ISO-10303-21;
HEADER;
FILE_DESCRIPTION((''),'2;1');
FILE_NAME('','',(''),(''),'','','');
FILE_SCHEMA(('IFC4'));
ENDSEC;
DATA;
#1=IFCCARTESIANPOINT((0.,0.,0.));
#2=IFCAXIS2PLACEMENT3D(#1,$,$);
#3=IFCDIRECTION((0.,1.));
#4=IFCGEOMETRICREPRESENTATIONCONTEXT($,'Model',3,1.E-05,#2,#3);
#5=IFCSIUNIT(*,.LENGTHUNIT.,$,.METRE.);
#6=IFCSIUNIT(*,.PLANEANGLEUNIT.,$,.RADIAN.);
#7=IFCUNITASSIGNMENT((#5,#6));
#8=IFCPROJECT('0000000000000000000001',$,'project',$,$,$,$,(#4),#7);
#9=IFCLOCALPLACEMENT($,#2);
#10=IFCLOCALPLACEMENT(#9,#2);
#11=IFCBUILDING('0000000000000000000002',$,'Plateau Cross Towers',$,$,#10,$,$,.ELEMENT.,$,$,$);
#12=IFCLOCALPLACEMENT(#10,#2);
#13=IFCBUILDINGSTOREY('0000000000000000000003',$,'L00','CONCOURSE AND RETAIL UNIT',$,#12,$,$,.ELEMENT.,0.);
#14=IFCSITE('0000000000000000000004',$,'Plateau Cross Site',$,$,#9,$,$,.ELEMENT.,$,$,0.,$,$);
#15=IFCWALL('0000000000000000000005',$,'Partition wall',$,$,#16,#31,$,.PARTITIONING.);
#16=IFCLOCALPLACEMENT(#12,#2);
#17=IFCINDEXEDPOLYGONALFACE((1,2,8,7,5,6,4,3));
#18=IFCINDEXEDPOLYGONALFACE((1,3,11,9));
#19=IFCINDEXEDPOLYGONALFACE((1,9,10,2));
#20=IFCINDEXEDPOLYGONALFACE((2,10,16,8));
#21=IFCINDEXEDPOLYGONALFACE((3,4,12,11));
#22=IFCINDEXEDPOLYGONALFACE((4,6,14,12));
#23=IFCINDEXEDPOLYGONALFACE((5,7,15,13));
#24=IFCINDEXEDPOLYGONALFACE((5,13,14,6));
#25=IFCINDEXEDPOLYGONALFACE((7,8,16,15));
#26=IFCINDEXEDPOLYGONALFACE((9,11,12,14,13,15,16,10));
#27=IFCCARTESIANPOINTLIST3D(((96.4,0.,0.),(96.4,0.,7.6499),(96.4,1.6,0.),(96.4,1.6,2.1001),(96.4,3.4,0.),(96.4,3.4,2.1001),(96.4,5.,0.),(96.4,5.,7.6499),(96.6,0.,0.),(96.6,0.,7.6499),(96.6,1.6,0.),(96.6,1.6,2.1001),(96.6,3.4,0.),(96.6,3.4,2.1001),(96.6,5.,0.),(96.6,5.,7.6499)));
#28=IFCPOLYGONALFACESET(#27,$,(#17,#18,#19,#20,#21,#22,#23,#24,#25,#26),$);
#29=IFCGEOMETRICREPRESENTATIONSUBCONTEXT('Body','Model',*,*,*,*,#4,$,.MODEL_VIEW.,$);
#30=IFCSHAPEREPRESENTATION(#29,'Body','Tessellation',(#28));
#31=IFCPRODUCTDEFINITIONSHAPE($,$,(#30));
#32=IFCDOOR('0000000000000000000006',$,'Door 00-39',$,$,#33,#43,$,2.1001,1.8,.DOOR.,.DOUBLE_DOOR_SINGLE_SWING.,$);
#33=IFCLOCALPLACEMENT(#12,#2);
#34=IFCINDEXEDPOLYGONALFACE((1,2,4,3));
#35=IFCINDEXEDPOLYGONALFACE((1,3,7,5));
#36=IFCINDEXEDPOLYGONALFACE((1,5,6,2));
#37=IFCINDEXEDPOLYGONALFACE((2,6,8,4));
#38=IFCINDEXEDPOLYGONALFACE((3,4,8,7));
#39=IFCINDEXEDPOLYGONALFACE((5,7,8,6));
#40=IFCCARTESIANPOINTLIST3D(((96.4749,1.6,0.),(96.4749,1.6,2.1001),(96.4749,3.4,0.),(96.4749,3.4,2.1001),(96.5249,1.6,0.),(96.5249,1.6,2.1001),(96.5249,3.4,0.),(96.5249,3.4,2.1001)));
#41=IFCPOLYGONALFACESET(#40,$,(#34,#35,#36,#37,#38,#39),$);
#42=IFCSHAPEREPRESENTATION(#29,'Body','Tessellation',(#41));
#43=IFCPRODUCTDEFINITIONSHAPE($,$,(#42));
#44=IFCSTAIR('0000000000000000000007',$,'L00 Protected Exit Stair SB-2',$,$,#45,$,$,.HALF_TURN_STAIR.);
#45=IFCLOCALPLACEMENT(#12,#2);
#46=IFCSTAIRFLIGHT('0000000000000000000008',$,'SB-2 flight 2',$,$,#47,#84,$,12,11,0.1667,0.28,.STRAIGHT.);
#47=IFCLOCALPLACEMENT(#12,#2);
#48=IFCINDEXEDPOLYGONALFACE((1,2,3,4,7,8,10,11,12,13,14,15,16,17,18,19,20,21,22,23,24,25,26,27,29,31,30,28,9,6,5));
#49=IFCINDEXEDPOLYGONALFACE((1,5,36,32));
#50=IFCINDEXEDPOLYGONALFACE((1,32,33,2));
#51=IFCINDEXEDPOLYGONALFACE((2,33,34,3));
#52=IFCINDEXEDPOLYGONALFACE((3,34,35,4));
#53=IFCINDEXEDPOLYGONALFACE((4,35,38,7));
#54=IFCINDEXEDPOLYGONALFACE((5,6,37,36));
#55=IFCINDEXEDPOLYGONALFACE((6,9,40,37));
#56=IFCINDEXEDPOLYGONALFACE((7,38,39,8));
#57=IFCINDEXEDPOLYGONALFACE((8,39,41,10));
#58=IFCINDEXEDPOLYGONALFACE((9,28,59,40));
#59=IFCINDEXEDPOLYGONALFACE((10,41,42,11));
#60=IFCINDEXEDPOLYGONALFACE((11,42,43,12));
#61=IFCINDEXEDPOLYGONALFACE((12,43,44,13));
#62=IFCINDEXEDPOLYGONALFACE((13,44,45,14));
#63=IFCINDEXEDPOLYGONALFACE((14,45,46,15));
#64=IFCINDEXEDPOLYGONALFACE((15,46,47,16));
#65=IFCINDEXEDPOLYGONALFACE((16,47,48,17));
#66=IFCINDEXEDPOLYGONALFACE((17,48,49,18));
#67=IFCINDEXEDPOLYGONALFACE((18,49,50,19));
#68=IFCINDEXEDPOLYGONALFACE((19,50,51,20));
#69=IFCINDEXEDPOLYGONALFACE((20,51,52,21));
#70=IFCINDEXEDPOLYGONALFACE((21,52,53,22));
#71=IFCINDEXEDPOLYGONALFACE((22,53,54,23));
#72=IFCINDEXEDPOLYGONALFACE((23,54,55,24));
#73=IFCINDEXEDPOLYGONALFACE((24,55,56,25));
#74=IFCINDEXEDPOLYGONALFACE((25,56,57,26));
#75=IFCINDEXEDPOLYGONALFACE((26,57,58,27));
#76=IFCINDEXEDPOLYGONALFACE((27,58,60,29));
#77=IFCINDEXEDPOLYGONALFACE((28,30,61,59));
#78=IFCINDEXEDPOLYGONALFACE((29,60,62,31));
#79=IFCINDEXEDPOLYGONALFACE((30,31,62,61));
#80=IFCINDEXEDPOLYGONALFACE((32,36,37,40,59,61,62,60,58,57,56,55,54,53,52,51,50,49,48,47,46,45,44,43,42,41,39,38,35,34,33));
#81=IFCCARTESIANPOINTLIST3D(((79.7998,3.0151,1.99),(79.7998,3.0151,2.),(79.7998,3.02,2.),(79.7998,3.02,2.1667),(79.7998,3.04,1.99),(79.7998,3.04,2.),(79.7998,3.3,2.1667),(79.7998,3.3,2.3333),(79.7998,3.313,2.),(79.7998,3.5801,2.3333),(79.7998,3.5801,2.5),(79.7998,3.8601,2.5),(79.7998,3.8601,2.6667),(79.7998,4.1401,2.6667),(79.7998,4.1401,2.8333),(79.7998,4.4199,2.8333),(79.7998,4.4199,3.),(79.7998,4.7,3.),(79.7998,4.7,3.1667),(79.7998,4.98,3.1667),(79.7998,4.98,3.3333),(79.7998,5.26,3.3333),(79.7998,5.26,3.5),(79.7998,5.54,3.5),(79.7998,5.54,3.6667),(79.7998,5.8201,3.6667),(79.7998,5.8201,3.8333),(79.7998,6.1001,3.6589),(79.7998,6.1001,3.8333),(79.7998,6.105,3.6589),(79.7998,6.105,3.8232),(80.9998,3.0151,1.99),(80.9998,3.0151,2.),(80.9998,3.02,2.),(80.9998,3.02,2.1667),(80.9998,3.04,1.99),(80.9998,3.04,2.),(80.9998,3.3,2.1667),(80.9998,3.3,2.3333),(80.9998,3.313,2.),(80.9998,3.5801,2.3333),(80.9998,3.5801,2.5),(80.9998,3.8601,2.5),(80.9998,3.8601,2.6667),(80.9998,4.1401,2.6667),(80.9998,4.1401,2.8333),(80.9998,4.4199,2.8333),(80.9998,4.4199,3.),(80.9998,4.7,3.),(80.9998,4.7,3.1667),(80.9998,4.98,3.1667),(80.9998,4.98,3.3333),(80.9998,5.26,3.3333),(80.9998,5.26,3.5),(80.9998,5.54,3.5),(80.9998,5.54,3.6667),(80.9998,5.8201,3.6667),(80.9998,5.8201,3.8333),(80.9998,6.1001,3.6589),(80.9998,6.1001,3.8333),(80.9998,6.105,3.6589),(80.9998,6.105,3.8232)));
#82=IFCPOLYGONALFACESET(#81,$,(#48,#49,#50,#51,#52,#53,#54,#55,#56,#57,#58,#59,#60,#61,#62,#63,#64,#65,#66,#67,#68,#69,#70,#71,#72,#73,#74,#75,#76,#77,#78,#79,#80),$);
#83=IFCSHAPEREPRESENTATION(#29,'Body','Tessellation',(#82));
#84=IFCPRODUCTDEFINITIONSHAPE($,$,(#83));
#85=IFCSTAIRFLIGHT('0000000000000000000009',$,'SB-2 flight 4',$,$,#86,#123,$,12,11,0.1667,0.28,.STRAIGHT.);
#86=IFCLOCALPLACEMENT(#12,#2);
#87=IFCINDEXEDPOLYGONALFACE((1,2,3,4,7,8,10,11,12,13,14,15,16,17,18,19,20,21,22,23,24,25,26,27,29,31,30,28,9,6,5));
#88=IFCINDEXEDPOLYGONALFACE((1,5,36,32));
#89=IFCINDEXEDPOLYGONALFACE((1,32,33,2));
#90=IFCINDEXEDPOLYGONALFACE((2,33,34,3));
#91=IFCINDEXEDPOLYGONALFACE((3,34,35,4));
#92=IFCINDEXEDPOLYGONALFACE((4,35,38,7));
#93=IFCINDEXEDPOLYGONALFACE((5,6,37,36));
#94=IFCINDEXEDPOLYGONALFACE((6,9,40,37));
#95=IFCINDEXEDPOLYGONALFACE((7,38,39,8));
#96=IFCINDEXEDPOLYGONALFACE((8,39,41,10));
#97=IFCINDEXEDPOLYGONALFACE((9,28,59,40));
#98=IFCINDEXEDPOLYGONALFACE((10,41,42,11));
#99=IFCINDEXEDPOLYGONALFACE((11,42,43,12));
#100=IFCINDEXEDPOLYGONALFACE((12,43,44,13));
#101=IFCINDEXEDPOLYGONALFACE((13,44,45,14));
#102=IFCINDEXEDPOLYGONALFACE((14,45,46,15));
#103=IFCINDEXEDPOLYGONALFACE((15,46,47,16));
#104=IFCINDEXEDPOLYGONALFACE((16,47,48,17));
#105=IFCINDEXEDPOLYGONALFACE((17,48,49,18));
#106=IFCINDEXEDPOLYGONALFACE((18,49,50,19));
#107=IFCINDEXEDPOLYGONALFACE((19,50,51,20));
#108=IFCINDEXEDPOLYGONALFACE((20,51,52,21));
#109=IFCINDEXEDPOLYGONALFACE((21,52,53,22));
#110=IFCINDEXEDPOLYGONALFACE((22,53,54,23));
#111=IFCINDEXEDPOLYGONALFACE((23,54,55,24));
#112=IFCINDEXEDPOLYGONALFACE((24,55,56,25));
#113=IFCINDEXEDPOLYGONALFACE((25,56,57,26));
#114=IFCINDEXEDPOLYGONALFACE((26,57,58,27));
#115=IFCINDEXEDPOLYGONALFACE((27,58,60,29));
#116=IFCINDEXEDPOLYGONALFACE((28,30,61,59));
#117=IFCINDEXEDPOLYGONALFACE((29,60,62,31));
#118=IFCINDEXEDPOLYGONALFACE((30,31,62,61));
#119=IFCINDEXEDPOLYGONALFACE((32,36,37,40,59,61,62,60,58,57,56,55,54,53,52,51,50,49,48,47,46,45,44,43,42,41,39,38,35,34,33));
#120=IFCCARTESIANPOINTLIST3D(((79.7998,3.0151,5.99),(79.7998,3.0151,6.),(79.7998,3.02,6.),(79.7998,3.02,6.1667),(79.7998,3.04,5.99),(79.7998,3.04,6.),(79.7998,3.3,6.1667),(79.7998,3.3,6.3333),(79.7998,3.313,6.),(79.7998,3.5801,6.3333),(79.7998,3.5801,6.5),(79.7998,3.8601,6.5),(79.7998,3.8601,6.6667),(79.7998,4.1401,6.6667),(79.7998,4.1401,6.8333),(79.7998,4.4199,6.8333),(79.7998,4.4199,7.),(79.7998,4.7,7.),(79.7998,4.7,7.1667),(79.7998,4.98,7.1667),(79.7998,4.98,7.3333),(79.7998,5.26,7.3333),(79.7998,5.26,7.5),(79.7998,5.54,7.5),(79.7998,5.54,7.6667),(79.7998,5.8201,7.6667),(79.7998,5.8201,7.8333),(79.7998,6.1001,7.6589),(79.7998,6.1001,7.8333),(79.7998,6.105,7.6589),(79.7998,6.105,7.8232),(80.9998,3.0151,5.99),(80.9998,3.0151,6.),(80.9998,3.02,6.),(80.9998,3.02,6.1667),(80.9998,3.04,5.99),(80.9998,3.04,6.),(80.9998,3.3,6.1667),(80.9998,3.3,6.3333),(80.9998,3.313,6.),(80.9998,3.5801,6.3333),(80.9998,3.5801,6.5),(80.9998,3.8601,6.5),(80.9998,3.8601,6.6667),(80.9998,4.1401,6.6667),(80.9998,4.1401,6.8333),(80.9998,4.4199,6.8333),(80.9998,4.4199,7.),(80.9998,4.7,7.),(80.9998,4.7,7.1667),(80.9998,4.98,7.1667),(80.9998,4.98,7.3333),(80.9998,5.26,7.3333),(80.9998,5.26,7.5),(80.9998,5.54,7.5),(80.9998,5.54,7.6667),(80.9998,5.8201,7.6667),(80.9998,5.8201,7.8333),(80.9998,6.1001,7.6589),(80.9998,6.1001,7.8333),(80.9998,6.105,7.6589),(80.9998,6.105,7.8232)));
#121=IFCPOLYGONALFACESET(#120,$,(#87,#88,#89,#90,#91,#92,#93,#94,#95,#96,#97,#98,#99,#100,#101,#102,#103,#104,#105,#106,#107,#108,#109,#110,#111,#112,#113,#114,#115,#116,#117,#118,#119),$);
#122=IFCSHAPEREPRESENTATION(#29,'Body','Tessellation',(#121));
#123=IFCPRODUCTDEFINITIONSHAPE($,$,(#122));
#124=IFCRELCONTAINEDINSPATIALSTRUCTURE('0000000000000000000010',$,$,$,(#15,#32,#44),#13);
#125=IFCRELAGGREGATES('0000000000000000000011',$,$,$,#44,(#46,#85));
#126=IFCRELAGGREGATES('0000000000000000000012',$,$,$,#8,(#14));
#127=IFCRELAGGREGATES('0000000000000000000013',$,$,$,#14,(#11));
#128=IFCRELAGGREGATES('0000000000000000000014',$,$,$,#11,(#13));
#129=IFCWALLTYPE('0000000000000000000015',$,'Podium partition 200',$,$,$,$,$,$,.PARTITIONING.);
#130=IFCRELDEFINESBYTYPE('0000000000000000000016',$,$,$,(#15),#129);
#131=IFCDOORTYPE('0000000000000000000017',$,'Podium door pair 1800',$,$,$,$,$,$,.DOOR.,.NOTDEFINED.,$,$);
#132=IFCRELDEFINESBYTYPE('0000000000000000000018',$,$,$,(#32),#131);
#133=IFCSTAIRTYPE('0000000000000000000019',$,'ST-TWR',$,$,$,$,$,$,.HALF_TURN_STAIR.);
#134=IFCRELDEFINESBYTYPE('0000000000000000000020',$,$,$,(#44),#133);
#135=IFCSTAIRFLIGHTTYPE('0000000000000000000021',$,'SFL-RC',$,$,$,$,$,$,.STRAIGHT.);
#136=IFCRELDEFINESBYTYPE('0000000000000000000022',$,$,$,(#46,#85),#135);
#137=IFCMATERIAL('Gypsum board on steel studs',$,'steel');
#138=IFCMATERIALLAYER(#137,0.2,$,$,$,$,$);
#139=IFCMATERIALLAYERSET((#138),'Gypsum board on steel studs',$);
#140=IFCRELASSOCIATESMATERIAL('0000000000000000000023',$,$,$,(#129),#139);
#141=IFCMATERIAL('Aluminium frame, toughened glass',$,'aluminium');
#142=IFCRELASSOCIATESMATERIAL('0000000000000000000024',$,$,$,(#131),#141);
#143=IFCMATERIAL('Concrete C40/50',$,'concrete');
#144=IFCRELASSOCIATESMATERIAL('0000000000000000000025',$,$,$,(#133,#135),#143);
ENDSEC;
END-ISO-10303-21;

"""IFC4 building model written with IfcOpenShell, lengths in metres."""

from ifc_helpers import new_model, si_unit, direction, frame, frame_2d, origin, place, context, subcontext, project, spatial, polyline, rectangle, outline, extrude, material, layer, layer_set, type_object, element, fill, aggregate, save


model = new_model("IFC4")

# Units and contexts
model_context = context("Model", 3, precision=1e-05, world=origin(), true_north=direction((0.0, 1.0)))
body_context = subcontext(model_context, "Body", "Model", "MODEL_VIEW")
ifc_project = project(units=[si_unit("LENGTHUNIT", "METRE"), si_unit("PLANEANGLEUNIT", "RADIAN")], contexts=[model_context])

# Site, building, storey
site_placement = place(None, origin())
site = spatial("IfcSite", under=ifc_project, at=site_placement, Name="Plateau Cross Site", CompositionType="ELEMENT", RefElevation=0.0)
building_placement = place(site_placement, origin())
building = spatial("IfcBuilding", under=site, at=building_placement, Name="Plateau Cross Towers", CompositionType="ELEMENT")
storey_placement = place(building_placement, origin())
storey = spatial("IfcBuildingStorey", under=building, at=storey_placement, Name="L00", Description="CONCOURSE AND RETAIL UNIT", CompositionType="ELEMENT", Elevation=0.0)

# Wall, opening, door
ifc_material_1 = material(Name="Gypsum board on steel studs", Category="steel")
ifc_layer_1 = layer(ifc_material_1, 0.2)
ifc_layer_set_1 = layer_set([ifc_layer_1], Name="Gypsum board on steel studs")
wall_type_1 = type_object("IfcWallType", Name="Podium partition 200", PredefinedType="PARTITIONING", material=ifc_layer_set_1)
wall_1_placement = place(storey_placement, frame((96.5, 5.0, 0.0), z_axis=(0.0, 0.0, 1.0), x_axis=(0.0, -1.0, 0.0)))
wall_1 = element("IfcWall", 1, at=wall_1_placement, inside=storey, type_object=wall_type_1, Name="Partition wall", PredefinedType="PARTITIONING", context=body_context, shape_type="SweptSolid", body=[
    extrude(rectangle(XDim=5.0, YDim=0.2, at=frame_2d((2.5, 0.0))), origin(), (0.0, 0.0, 1.0), 7.6499),
])
opening_1_placement = place(wall_1_placement, frame((1.6001, 0.0, 0.0)))
opening_1 = element("IfcOpeningElement", 2, at=opening_1_placement, cuts=wall_1, PredefinedType="OPENING", context=body_context, shape_type="SweptSolid", body=[
    extrude(rectangle(XDim=1.8, YDim=2.1001, at=frame_2d((0.8999, 1.05))), frame((0.0, 0.1099, 0.0), z_axis=(0.0, -1.0, 0.0), x_axis=(1.0, 0.0, 0.0)), (0.0, 0.0, 1.0), 0.22),
])
ifc_material_2 = material(Name="Aluminium frame, toughened glass", Category="aluminium")
door_type_1 = type_object("IfcDoorType", Name="Podium door pair 1800", OperationType="NOTDEFINED", PredefinedType="DOOR", material=ifc_material_2)
door_1_placement = place(opening_1_placement, origin())
door_1 = element("IfcDoor", 3, at=door_1_placement, inside=storey, type_object=door_type_1, Name="Door 00-39", OperationType="DOUBLE_DOOR_SINGLE_SWING", OverallHeight=2.1001, OverallWidth=1.8, PredefinedType="DOOR", context=body_context, shape_type="SweptSolid", body=[
    extrude(rectangle(XDim=1.8, YDim=2.1001, at=frame_2d((0.8999, 1.05))), frame((0.0, 0.0249, 0.0), z_axis=(0.0, -1.0, 0.0), x_axis=(1.0, 0.0, 0.0)), (0.0, 0.0, 1.0), 0.05),
])
fill(opening_1, door_1)

# Stair, stair flights
ifc_material_3 = material(Name="Concrete C40/50", Category="concrete")
stair_type = type_object("IfcStairType", Name="ST-TWR", PredefinedType="HALF_TURN_STAIR", material=ifc_material_3)
stair_placement = place(storey_placement, origin())
stair = element("IfcStair", 4, at=stair_placement, inside=storey, type_object=stair_type, Name="L00 Protected Exit Stair SB-2", PredefinedType="HALF_TURN_STAIR")
stair_flight_type = type_object("IfcStairFlightType", Name="SFL-RC", PredefinedType="STRAIGHT", material=ifc_material_3)
stair_flight_1_placement = place(storey_placement, frame((80.3999, 3.02, 2.0), z_axis=(0.0, 0.0, 1.0), x_axis=(0.0, 1.0, 0.0)))
stair_flight_1 = element("IfcStairFlight", 5, at=stair_flight_1_placement, type_object=stair_flight_type, Name="SB-2 flight 2", NumberOfRisers=12, NumberOfTreads=11, PredefinedType="STRAIGHT", RiserHeight=0.1667, TreadLength=0.28, context=body_context, shape_type="SweptSolid", body=[
    extrude(outline(polyline([(-0.0049, -0.01), (-0.0049, 0.0), (0.0, 0.0), (0.0, 0.1667), (0.28, 0.1667), (0.28, 0.3333), (0.5601, 0.3333), (0.5601, 0.5), (0.8401, 0.5), (0.8401, 0.6667), (1.1201, 0.6667), (1.1201, 0.8333), (1.3999, 0.8333), (1.3999, 1.0), (1.6799, 1.0), (1.6799, 1.1667), (1.96, 1.1667), (1.96, 1.3333), (2.24, 1.3333), (2.24, 1.5), (2.52, 1.5), (2.52, 1.6667), (2.8, 1.6667), (2.8, 1.8333), (3.0801, 1.8333), (3.085, 1.8232), (3.085, 1.6589), (3.0801, 1.6589), (0.293, 0.0), (0.02, 0.0), (0.02, -0.01), (-0.0049, -0.01)])), frame((0.0, 0.6001, 0.0), z_axis=(0.0, -1.0, 0.0), x_axis=(1.0, 0.0, 0.0)), (0.0, 0.0, 1.0), 1.2),
])
stair_flight_2_placement = place(storey_placement, frame((80.3999, 3.02, 6.0), z_axis=(0.0, 0.0, 1.0), x_axis=(0.0, 1.0, 0.0)))
stair_flight_2 = element("IfcStairFlight", 6, at=stair_flight_2_placement, type_object=stair_flight_type, Name="SB-2 flight 4", NumberOfRisers=12, NumberOfTreads=11, PredefinedType="STRAIGHT", RiserHeight=0.1667, TreadLength=0.28, context=body_context, shape_type="SweptSolid", body=[
    extrude(outline(polyline([(-0.0049, -0.01), (-0.0049, 0.0), (0.0, 0.0), (0.0, 0.1667), (0.28, 0.1667), (0.28, 0.3333), (0.5601, 0.3333), (0.5601, 0.5), (0.8401, 0.5), (0.8401, 0.6667), (1.1201, 0.6667), (1.1201, 0.8333), (1.3999, 0.8333), (1.3999, 1.0), (1.6799, 1.0), (1.6799, 1.1667), (1.96, 1.1667), (1.96, 1.3333), (2.24, 1.3333), (2.24, 1.5), (2.52, 1.5), (2.52, 1.6667), (2.8, 1.6667), (2.8, 1.8333), (3.0801, 1.8333), (3.085, 1.8232), (3.085, 1.6589), (3.0801, 1.6589), (0.293, 0.0), (0.02, 0.0), (0.02, -0.01), (-0.0049, -0.01)])), frame((0.0, 0.6001, 0.0), z_axis=(0.0, -1.0, 0.0), x_axis=(1.0, 0.0, 0.0)), (0.0, 0.0, 1.0), 1.2),
])
aggregate(stair, [stair_flight_1, stair_flight_2])

save(model, "model.ifc")
